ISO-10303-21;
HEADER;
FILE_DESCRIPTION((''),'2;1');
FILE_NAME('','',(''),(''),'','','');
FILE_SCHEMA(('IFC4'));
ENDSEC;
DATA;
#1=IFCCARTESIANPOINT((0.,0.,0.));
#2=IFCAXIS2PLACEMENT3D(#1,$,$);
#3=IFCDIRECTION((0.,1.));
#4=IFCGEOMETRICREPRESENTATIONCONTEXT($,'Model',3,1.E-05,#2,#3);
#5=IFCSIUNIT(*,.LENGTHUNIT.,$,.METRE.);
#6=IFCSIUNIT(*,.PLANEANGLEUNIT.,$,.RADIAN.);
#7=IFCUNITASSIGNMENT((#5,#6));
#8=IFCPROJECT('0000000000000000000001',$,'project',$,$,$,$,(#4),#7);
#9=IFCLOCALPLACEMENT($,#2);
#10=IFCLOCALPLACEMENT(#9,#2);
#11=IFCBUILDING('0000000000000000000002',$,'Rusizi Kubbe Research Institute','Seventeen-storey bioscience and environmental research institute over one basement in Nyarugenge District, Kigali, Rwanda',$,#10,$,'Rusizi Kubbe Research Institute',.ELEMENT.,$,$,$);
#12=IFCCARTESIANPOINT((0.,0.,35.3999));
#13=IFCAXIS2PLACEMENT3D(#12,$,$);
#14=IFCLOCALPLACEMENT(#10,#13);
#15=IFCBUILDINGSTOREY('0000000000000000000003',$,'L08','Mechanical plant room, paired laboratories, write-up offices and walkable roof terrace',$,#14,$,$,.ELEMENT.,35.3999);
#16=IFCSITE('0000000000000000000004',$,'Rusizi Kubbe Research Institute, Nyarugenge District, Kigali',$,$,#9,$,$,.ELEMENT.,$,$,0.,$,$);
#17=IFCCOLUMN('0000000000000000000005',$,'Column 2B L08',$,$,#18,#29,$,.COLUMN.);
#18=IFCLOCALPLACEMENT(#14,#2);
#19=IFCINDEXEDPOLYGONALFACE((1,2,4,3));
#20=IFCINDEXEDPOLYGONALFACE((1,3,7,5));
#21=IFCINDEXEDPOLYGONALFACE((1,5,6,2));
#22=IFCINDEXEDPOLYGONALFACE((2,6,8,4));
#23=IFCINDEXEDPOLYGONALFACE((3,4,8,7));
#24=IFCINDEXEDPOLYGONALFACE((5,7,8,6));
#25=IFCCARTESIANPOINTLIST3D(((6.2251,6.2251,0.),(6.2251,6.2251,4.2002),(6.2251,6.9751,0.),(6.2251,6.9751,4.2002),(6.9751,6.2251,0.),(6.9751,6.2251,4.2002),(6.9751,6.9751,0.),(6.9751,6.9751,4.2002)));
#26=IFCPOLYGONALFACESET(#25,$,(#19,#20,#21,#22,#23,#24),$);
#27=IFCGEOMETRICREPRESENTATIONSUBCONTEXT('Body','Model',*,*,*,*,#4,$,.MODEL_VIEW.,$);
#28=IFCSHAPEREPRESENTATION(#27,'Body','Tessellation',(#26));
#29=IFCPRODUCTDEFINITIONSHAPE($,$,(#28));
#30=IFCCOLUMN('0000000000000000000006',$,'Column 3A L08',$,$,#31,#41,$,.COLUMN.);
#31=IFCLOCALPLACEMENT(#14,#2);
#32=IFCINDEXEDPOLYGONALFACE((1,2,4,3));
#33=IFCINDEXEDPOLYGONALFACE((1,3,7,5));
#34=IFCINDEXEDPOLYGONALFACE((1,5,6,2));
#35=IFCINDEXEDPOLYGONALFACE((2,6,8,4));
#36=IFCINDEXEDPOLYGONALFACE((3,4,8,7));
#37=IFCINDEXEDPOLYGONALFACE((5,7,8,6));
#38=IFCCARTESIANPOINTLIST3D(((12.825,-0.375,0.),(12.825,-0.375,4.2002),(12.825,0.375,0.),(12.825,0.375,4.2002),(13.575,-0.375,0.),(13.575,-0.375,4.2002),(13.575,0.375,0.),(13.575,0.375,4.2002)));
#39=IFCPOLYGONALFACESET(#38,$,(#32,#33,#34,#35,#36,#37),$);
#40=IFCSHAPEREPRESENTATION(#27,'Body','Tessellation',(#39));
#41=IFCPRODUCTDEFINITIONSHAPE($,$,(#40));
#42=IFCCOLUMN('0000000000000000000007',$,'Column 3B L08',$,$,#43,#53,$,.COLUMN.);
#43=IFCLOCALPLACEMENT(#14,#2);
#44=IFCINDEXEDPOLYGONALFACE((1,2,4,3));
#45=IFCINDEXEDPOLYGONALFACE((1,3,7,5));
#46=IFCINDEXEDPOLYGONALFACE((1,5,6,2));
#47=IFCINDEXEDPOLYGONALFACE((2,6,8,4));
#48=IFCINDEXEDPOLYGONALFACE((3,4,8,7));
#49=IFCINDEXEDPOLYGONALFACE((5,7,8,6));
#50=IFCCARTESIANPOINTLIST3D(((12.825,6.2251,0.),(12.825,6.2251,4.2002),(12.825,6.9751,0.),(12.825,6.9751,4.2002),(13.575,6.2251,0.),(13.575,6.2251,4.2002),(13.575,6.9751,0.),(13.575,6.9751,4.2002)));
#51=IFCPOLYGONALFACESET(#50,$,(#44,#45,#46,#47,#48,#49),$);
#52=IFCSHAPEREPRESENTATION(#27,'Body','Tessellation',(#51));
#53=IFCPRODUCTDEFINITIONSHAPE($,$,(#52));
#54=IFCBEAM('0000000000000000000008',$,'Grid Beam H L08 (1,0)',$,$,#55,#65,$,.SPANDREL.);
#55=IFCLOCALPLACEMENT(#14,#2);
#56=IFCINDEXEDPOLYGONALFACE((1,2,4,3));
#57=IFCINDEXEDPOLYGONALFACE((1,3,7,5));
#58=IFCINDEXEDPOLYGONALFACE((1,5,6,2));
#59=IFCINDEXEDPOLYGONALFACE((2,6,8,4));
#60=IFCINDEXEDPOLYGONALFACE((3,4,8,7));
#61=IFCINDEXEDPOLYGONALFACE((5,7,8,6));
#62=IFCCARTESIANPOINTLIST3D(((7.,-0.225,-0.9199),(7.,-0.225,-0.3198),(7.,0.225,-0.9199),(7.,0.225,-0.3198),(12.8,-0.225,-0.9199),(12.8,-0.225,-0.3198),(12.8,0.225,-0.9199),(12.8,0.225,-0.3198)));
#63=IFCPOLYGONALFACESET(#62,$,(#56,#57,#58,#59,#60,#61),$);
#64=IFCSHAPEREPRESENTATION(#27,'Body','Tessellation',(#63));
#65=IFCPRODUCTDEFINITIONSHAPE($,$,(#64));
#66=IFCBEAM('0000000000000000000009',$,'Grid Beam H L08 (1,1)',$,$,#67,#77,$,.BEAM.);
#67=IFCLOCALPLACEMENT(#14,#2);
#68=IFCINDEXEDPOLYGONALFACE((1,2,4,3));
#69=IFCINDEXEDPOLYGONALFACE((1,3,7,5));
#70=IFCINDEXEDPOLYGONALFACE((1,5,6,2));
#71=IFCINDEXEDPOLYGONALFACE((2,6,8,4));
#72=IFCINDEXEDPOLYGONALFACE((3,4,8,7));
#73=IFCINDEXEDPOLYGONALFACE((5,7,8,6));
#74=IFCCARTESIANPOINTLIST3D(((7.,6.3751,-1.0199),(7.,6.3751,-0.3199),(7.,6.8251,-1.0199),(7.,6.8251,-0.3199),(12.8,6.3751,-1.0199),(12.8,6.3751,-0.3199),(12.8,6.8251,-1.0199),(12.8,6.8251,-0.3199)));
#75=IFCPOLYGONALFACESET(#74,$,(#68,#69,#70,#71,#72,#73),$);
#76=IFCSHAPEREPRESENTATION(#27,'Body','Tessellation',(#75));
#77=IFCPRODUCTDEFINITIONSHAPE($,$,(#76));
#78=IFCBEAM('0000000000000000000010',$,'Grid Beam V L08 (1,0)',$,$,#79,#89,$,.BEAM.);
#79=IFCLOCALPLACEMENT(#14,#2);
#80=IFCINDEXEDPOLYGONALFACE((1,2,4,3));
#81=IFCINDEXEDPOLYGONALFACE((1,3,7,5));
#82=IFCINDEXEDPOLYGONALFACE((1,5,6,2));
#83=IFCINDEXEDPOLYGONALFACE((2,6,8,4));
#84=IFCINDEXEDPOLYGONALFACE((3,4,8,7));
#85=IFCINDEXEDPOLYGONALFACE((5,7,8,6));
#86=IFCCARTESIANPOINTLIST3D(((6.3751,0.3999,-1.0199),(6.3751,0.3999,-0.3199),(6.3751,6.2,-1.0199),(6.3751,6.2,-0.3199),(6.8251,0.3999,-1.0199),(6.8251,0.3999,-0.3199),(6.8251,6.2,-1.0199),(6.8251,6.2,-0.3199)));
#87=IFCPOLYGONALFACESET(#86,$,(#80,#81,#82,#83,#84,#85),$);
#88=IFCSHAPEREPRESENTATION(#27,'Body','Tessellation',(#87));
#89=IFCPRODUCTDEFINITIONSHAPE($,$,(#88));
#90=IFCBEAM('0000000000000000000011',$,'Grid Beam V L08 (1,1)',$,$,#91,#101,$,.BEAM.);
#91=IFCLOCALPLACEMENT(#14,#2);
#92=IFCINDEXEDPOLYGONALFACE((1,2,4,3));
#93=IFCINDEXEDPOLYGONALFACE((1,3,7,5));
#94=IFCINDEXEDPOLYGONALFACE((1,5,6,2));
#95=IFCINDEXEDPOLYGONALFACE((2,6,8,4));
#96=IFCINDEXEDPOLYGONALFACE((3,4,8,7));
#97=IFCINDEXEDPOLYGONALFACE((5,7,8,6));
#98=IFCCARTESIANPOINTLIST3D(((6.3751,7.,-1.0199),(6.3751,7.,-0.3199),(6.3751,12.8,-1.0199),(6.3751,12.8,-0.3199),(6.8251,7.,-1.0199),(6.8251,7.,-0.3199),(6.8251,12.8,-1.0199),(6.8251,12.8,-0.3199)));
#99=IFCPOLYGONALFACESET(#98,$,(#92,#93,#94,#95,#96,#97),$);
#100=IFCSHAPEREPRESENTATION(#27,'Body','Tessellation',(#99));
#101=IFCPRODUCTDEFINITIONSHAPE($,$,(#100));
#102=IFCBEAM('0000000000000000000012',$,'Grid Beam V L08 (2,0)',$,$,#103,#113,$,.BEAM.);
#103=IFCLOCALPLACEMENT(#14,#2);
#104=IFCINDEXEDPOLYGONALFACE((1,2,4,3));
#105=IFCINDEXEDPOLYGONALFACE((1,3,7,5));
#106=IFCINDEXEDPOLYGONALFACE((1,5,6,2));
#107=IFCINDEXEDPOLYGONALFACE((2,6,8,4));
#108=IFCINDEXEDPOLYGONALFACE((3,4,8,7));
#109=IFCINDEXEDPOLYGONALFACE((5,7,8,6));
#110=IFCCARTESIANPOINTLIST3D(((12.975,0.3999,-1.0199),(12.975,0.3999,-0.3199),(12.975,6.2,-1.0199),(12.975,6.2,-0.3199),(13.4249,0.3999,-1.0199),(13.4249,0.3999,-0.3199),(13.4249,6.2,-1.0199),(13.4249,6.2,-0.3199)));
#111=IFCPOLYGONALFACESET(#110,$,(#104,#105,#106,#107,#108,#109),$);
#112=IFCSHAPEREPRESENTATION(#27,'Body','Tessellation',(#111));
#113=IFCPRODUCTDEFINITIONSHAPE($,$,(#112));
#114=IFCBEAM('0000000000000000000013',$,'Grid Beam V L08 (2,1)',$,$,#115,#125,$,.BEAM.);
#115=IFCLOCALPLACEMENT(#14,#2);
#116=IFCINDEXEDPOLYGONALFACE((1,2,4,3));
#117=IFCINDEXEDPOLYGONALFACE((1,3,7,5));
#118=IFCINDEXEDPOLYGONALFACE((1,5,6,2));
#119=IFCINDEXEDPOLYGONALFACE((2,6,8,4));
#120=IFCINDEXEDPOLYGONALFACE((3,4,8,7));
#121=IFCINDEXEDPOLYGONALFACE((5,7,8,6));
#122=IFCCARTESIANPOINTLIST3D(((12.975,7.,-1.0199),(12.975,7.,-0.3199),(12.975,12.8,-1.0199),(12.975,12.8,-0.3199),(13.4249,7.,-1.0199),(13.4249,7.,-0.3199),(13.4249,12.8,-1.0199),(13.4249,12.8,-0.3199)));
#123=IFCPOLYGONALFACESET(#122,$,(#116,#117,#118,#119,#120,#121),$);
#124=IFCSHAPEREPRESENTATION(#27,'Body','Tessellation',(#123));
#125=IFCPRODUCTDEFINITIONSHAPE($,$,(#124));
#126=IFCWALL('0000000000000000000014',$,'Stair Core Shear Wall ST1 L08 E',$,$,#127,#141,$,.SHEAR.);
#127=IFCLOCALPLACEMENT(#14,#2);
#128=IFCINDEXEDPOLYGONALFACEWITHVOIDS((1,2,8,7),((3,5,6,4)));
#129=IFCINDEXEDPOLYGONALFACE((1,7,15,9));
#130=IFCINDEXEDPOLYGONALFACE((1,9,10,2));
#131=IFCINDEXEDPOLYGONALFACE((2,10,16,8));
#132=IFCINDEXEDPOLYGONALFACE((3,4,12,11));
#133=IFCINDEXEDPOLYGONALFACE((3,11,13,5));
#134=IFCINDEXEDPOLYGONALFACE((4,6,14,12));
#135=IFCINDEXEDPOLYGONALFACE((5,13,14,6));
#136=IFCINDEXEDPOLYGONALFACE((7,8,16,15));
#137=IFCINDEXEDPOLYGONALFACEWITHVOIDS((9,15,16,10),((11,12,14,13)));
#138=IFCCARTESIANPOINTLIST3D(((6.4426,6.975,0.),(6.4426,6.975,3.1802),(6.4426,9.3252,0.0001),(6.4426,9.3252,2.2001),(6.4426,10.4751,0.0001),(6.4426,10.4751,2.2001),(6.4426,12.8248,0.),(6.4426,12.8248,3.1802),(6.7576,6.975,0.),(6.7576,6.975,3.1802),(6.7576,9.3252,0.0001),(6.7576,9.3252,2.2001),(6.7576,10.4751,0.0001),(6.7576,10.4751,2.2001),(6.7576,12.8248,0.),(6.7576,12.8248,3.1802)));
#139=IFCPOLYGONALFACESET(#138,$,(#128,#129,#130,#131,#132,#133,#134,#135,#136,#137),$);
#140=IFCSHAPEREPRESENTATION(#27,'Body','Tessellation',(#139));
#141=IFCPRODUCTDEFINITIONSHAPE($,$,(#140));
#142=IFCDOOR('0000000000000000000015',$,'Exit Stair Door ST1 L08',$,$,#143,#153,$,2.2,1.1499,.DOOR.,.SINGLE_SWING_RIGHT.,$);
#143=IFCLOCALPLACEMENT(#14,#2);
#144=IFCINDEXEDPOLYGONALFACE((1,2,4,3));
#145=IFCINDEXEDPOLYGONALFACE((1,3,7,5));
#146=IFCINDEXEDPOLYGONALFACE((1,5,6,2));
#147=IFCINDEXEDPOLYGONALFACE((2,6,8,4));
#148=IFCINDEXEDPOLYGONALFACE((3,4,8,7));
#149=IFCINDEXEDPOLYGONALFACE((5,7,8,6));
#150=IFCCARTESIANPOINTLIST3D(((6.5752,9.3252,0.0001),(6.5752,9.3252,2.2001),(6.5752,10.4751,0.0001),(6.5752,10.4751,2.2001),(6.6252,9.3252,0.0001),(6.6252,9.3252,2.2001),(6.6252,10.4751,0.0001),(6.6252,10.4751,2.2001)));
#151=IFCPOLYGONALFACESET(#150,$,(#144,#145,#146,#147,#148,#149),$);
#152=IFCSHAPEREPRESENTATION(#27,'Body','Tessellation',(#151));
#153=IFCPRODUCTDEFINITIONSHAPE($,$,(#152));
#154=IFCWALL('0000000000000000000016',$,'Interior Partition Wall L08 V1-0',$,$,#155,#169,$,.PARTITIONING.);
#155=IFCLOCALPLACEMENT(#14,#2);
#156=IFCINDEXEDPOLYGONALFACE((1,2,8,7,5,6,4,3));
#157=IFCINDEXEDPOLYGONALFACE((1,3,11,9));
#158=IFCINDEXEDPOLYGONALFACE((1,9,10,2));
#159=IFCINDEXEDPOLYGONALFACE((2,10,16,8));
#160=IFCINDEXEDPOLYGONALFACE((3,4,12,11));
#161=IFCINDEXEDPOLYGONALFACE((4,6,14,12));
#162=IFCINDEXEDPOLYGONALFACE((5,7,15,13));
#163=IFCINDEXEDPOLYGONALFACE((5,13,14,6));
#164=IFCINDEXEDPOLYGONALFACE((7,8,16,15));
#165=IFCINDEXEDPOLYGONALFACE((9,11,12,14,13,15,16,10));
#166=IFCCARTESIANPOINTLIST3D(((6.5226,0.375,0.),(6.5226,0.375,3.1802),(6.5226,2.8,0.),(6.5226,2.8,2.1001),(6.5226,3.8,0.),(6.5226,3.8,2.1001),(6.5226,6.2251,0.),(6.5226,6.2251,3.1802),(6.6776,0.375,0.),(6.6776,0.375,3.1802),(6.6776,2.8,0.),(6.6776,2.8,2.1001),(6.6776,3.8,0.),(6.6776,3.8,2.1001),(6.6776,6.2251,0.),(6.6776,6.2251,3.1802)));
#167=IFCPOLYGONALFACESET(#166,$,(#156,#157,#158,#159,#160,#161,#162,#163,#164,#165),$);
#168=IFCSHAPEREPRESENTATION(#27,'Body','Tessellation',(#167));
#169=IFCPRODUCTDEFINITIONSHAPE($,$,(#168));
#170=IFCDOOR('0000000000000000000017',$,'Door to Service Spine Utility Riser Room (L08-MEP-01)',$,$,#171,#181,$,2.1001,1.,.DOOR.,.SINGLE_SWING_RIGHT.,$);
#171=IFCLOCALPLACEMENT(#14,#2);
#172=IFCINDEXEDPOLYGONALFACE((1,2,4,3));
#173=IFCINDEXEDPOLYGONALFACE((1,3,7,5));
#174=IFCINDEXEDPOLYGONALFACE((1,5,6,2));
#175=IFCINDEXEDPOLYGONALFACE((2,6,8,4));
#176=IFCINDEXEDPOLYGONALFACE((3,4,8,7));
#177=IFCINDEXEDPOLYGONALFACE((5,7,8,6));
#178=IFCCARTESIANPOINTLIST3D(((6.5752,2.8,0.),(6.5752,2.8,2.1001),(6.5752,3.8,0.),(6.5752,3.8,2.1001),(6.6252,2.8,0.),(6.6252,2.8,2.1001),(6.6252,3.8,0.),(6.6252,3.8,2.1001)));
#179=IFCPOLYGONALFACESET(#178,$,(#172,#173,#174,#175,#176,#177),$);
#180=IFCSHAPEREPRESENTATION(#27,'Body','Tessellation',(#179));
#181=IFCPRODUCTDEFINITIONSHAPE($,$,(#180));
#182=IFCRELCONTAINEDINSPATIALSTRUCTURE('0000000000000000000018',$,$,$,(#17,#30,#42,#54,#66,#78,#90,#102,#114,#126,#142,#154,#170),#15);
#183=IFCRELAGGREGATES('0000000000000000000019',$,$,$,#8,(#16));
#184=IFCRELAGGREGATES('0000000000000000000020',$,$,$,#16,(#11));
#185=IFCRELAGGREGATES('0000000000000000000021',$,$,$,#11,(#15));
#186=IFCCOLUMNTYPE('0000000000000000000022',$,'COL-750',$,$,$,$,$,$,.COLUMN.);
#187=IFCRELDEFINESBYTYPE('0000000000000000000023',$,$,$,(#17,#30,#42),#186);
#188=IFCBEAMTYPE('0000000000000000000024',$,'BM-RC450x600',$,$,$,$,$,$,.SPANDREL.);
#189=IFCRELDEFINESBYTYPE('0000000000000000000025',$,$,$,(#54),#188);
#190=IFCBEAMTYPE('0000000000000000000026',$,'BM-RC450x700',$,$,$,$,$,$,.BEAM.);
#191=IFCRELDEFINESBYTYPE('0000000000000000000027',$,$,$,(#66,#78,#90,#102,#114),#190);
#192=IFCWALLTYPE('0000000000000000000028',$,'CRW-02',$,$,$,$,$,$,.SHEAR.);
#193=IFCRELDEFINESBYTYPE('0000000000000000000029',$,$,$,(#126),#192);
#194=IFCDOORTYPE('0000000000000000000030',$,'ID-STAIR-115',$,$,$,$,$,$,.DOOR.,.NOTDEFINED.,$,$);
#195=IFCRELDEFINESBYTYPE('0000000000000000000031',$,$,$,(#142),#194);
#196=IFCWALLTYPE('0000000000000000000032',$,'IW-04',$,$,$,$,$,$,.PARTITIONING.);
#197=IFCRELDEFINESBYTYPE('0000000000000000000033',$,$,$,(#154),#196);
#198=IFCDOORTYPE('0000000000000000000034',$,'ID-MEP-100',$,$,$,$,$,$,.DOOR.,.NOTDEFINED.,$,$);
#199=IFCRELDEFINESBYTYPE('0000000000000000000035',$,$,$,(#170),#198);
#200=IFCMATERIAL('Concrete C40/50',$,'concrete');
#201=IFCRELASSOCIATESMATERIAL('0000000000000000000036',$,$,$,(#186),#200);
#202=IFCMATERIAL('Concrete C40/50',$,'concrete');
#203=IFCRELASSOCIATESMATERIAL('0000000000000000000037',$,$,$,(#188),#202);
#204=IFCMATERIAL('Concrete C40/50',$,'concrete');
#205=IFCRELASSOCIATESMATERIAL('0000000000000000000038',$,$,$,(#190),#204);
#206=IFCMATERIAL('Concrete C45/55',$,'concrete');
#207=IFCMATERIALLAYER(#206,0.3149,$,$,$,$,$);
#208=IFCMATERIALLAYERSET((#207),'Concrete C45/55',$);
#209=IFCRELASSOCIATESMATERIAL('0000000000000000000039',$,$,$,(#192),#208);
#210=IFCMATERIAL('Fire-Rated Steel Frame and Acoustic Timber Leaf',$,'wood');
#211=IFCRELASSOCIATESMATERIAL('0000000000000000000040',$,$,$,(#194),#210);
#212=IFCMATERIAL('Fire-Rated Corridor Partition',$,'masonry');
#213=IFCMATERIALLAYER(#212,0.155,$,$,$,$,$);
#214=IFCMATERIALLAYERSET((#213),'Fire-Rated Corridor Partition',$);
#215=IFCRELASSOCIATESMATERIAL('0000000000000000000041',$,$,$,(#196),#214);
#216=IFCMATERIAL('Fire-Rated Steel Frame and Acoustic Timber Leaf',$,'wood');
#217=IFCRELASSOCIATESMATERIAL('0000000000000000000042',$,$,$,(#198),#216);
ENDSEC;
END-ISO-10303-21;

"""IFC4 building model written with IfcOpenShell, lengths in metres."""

from ifc_helpers import new_model, si_unit, direction, frame, frame_2d, origin, origin_2d, place, context, subcontext, project, spatial, rectangle, extrude, material, layer, layer_set, material_profile, profile_set, type_object, element, fill, save


model = new_model("IFC4")

# Units and contexts
model_context = context("Model", 3, precision=1e-05, world=origin(), true_north=direction((0.0, 1.0)))
body_context = subcontext(model_context, "Body", "Model", "MODEL_VIEW")
ifc_project = project(units=[si_unit("LENGTHUNIT", "METRE"), si_unit("PLANEANGLEUNIT", "RADIAN")], contexts=[model_context])

# Site, building, storey
site_placement = place(None, origin())
site = spatial("IfcSite", under=ifc_project, at=site_placement, Name="Rusizi Kubbe Research Institute, Nyarugenge District, Kigali", CompositionType="ELEMENT", RefElevation=0.0)
building_placement = place(site_placement, origin())
building = spatial("IfcBuilding", under=site, at=building_placement, Name="Rusizi Kubbe Research Institute", Description="Seventeen-storey bioscience and environmental research institute over one basement in Nyarugenge District, Kigali, Rwanda", LongName="Rusizi Kubbe Research Institute", CompositionType="ELEMENT")
storey_placement = place(building_placement, frame((0.0, 0.0, 35.3999)))
storey = spatial("IfcBuildingStorey", under=building, at=storey_placement, Name="L08", Description="Mechanical plant room, paired laboratories, write-up offices and walkable roof terrace", CompositionType="ELEMENT", Elevation=35.3999)

# Columns
ifc_material_1 = material(Name="Concrete C40/50", Category="concrete")
ifc_material_profile_1 = material_profile(ifc_material_1, rectangle(XDim=0.75, YDim=0.75, at=origin_2d()), Name="RC750x750")
ifc_profile_set_1 = profile_set([ifc_material_profile_1], Name="Concrete C40/50")
column_type = type_object("IfcColumnType", Name="COL-750", PredefinedType="COLUMN", material=ifc_profile_set_1)
for number, where, z_axis, x_axis, name in (
    (1, (6.6001, 6.6001, 0.0), (0.0, 0.0, 1.0), (1.0, 0.0, 0.0), "Column 2B L08"),
    (2, (13.2, 0.0, 0.0), (0.0, 0.0, 1.0), (1.0, 0.0, 0.0), "Column 3A L08"),
    (3, (13.2, 6.6001, 0.0), (0.0, 0.0, 1.0), (1.0, 0.0, 0.0), "Column 3B L08"),
):
    element("IfcColumn", number, at=place(storey_placement, frame(where, z_axis=z_axis, x_axis=x_axis)), inside=storey, type_object=column_type, Name=name, PredefinedType="COLUMN", context=body_context, shape_type="SweptSolid", body=[
        extrude(rectangle(XDim=0.75, YDim=0.75, at=origin_2d()), origin(), (0.0, 0.0, 1.0), 4.2002),
    ])

# Beams
ifc_material_2 = material(Name="Concrete C40/50", Category="concrete")
ifc_material_profile_2 = material_profile(ifc_material_2, rectangle(XDim=0.45, YDim=0.6001, at=origin_2d()), Name="RC450x600")
ifc_profile_set_2 = profile_set([ifc_material_profile_2], Name="Concrete C40/50")
beam_type_1 = type_object("IfcBeamType", Name="BM-RC450x600", PredefinedType="SPANDREL", material=ifc_profile_set_2)
beam_placement = place(storey_placement, frame((7.0, 0.0, -0.6199), z_axis=(1.0, 0.0, 0.0), x_axis=(0.0, 1.0, 0.0)))
element("IfcBeam", 4, at=beam_placement, inside=storey, type_object=beam_type_1, Name="Grid Beam H L08 (1,0)", PredefinedType="SPANDREL", context=body_context, shape_type="SweptSolid", body=[
    extrude(rectangle(XDim=0.45, YDim=0.6001, at=origin_2d()), origin(), (0.0, 0.0, 1.0), 5.8),
])
ifc_material_3 = material(Name="Concrete C40/50", Category="concrete")
ifc_material_profile_3 = material_profile(ifc_material_3, rectangle(XDim=0.45, YDim=0.7, at=origin_2d()), Name="RC450x700B")
ifc_profile_set_3 = profile_set([ifc_material_profile_3], Name="Concrete C40/50")
beam_type_2 = type_object("IfcBeamType", Name="BM-RC450x700", PredefinedType="BEAM", material=ifc_profile_set_3)
for number, where, z_axis, x_axis, name in (
    (5, (7.0, 6.6001, -0.6699), (1.0, 0.0, 0.0), (0.0, 1.0, 0.0), "Grid Beam H L08 (1,1)"),
    (6, (6.6001, 0.3999, -0.6699), (0.0, 1.0, 0.0), (-1.0, 0.0, 0.0), "Grid Beam V L08 (1,0)"),
    (7, (6.6001, 7.0, -0.6699), (0.0, 1.0, 0.0), (-1.0, 0.0, 0.0), "Grid Beam V L08 (1,1)"),
    (8, (13.2, 0.3999, -0.6699), (0.0, 1.0, 0.0), (-1.0, 0.0, 0.0), "Grid Beam V L08 (2,0)"),
    (9, (13.2, 7.0, -0.6699), (0.0, 1.0, 0.0), (-1.0, 0.0, 0.0), "Grid Beam V L08 (2,1)"),
):
    element("IfcBeam", number, at=place(storey_placement, frame(where, z_axis=z_axis, x_axis=x_axis)), inside=storey, type_object=beam_type_2, Name=name, PredefinedType="BEAM", context=body_context, shape_type="SweptSolid", body=[
        extrude(rectangle(XDim=0.45, YDim=0.7, at=origin_2d()), origin(), (0.0, 0.0, 1.0), 5.8),
    ])

# Wall, opening, door
ifc_material_4 = material(Name="Concrete C45/55", Category="concrete")
ifc_layer_1 = layer(ifc_material_4, 0.3149)
ifc_layer_set_1 = layer_set([ifc_layer_1], Name="Concrete C45/55")
wall_type_1 = type_object("IfcWallType", Name="CRW-02", PredefinedType="SHEAR", material=ifc_layer_set_1)
wall_1_placement = place(storey_placement, frame((6.6001, 6.9751, 0.0), z_axis=(0.0, 0.0, 1.0), x_axis=(0.0, 1.0, 0.0)))
wall_1 = element("IfcWall", 10, at=wall_1_placement, inside=storey, type_object=wall_type_1, Name="Stair Core Shear Wall ST1 L08 E", PredefinedType="SHEAR", context=body_context, shape_type="SweptSolid", body=[
    extrude(rectangle(XDim=5.8499, YDim=0.3149, at=frame_2d((2.9248, 0.0))), origin(), (0.0, 0.0, 1.0), 3.1802),
])
opening_1_placement = place(wall_1_placement, frame((2.3501, 0.0, 0.0)))
opening_1 = element("IfcOpeningElement", 11, at=opening_1_placement, cuts=wall_1, PredefinedType="OPENING", context=body_context, shape_type="SweptSolid", body=[
    extrude(rectangle(XDim=1.1499, YDim=2.2, at=frame_2d((0.575, 1.1001))), frame((0.0, 0.1675, 0.0), z_axis=(0.0, -1.0, 0.0), x_axis=(1.0, 0.0, 0.0)), (0.0, 0.0, 1.0), 0.335),
])
ifc_material_5 = material(Name="Fire-Rated Steel Frame and Acoustic Timber Leaf", Category="wood")
door_type_1 = type_object("IfcDoorType", Name="ID-STAIR-115", OperationType="NOTDEFINED", PredefinedType="DOOR", material=ifc_material_5)
door_1_placement = place(opening_1_placement, origin())
door_1 = element("IfcDoor", 12, at=door_1_placement, inside=storey, type_object=door_type_1, Name="Exit Stair Door ST1 L08", OperationType="SINGLE_SWING_RIGHT", OverallHeight=2.2, OverallWidth=1.1499, PredefinedType="DOOR", context=body_context, shape_type="SweptSolid", body=[
    extrude(rectangle(XDim=1.1499, YDim=2.2, at=frame_2d((0.575, 1.1001))), frame((0.0, 0.0249, 0.0), z_axis=(0.0, -1.0, 0.0), x_axis=(1.0, 0.0, 0.0)), (0.0, 0.0, 1.0), 0.05),
])
fill(opening_1, door_1)

# Wall, opening, door
ifc_material_6 = material(Name="Fire-Rated Corridor Partition", Category="masonry")
ifc_layer_2 = layer(ifc_material_6, 0.155)
ifc_layer_set_2 = layer_set([ifc_layer_2], Name="Fire-Rated Corridor Partition")
wall_type_2 = type_object("IfcWallType", Name="IW-04", PredefinedType="PARTITIONING", material=ifc_layer_set_2)
wall_2_placement = place(storey_placement, frame((6.6001, 0.375, 0.0), z_axis=(0.0, 0.0, 1.0), x_axis=(0.0, 1.0, 0.0)))
wall_2 = element("IfcWall", 13, at=wall_2_placement, inside=storey, type_object=wall_type_2, Name="Interior Partition Wall L08 V1-0", PredefinedType="PARTITIONING", context=body_context, shape_type="SweptSolid", body=[
    extrude(rectangle(XDim=5.8501, YDim=0.155, at=frame_2d((2.925, 0.0))), origin(), (0.0, 0.0, 1.0), 3.1802),
])
opening_2_placement = place(wall_2_placement, frame((2.425, 0.0, 0.0)))
opening_2 = element("IfcOpeningElement", 14, at=opening_2_placement, cuts=wall_2, PredefinedType="OPENING", context=body_context, shape_type="SweptSolid", body=[
    extrude(rectangle(XDim=1.0, YDim=2.1001, at=frame_2d((0.5, 1.05))), frame((0.0, 0.0874, 0.0), z_axis=(0.0, -1.0, 0.0), x_axis=(1.0, 0.0, 0.0)), (0.0, 0.0, 1.0), 0.175),
])
ifc_material_7 = material(Name="Fire-Rated Steel Frame and Acoustic Timber Leaf", Category="wood")
door_type_2 = type_object("IfcDoorType", Name="ID-MEP-100", OperationType="NOTDEFINED", PredefinedType="DOOR", material=ifc_material_7)
door_2_placement = place(opening_2_placement, origin())
door_2 = element("IfcDoor", 15, at=door_2_placement, inside=storey, type_object=door_type_2, Name="Door to Service Spine Utility Riser Room (L08-MEP-01)", OperationType="SINGLE_SWING_RIGHT", OverallHeight=2.1001, OverallWidth=1.0, PredefinedType="DOOR", context=body_context, shape_type="SweptSolid", body=[
    extrude(rectangle(XDim=1.0, YDim=2.1001, at=frame_2d((0.5, 1.05))), frame((0.0, 0.0249, 0.0), z_axis=(0.0, -1.0, 0.0), x_axis=(1.0, 0.0, 0.0)), (0.0, 0.0, 1.0), 0.05),
])
fill(opening_2, door_2)

save(model, "model.ifc")
